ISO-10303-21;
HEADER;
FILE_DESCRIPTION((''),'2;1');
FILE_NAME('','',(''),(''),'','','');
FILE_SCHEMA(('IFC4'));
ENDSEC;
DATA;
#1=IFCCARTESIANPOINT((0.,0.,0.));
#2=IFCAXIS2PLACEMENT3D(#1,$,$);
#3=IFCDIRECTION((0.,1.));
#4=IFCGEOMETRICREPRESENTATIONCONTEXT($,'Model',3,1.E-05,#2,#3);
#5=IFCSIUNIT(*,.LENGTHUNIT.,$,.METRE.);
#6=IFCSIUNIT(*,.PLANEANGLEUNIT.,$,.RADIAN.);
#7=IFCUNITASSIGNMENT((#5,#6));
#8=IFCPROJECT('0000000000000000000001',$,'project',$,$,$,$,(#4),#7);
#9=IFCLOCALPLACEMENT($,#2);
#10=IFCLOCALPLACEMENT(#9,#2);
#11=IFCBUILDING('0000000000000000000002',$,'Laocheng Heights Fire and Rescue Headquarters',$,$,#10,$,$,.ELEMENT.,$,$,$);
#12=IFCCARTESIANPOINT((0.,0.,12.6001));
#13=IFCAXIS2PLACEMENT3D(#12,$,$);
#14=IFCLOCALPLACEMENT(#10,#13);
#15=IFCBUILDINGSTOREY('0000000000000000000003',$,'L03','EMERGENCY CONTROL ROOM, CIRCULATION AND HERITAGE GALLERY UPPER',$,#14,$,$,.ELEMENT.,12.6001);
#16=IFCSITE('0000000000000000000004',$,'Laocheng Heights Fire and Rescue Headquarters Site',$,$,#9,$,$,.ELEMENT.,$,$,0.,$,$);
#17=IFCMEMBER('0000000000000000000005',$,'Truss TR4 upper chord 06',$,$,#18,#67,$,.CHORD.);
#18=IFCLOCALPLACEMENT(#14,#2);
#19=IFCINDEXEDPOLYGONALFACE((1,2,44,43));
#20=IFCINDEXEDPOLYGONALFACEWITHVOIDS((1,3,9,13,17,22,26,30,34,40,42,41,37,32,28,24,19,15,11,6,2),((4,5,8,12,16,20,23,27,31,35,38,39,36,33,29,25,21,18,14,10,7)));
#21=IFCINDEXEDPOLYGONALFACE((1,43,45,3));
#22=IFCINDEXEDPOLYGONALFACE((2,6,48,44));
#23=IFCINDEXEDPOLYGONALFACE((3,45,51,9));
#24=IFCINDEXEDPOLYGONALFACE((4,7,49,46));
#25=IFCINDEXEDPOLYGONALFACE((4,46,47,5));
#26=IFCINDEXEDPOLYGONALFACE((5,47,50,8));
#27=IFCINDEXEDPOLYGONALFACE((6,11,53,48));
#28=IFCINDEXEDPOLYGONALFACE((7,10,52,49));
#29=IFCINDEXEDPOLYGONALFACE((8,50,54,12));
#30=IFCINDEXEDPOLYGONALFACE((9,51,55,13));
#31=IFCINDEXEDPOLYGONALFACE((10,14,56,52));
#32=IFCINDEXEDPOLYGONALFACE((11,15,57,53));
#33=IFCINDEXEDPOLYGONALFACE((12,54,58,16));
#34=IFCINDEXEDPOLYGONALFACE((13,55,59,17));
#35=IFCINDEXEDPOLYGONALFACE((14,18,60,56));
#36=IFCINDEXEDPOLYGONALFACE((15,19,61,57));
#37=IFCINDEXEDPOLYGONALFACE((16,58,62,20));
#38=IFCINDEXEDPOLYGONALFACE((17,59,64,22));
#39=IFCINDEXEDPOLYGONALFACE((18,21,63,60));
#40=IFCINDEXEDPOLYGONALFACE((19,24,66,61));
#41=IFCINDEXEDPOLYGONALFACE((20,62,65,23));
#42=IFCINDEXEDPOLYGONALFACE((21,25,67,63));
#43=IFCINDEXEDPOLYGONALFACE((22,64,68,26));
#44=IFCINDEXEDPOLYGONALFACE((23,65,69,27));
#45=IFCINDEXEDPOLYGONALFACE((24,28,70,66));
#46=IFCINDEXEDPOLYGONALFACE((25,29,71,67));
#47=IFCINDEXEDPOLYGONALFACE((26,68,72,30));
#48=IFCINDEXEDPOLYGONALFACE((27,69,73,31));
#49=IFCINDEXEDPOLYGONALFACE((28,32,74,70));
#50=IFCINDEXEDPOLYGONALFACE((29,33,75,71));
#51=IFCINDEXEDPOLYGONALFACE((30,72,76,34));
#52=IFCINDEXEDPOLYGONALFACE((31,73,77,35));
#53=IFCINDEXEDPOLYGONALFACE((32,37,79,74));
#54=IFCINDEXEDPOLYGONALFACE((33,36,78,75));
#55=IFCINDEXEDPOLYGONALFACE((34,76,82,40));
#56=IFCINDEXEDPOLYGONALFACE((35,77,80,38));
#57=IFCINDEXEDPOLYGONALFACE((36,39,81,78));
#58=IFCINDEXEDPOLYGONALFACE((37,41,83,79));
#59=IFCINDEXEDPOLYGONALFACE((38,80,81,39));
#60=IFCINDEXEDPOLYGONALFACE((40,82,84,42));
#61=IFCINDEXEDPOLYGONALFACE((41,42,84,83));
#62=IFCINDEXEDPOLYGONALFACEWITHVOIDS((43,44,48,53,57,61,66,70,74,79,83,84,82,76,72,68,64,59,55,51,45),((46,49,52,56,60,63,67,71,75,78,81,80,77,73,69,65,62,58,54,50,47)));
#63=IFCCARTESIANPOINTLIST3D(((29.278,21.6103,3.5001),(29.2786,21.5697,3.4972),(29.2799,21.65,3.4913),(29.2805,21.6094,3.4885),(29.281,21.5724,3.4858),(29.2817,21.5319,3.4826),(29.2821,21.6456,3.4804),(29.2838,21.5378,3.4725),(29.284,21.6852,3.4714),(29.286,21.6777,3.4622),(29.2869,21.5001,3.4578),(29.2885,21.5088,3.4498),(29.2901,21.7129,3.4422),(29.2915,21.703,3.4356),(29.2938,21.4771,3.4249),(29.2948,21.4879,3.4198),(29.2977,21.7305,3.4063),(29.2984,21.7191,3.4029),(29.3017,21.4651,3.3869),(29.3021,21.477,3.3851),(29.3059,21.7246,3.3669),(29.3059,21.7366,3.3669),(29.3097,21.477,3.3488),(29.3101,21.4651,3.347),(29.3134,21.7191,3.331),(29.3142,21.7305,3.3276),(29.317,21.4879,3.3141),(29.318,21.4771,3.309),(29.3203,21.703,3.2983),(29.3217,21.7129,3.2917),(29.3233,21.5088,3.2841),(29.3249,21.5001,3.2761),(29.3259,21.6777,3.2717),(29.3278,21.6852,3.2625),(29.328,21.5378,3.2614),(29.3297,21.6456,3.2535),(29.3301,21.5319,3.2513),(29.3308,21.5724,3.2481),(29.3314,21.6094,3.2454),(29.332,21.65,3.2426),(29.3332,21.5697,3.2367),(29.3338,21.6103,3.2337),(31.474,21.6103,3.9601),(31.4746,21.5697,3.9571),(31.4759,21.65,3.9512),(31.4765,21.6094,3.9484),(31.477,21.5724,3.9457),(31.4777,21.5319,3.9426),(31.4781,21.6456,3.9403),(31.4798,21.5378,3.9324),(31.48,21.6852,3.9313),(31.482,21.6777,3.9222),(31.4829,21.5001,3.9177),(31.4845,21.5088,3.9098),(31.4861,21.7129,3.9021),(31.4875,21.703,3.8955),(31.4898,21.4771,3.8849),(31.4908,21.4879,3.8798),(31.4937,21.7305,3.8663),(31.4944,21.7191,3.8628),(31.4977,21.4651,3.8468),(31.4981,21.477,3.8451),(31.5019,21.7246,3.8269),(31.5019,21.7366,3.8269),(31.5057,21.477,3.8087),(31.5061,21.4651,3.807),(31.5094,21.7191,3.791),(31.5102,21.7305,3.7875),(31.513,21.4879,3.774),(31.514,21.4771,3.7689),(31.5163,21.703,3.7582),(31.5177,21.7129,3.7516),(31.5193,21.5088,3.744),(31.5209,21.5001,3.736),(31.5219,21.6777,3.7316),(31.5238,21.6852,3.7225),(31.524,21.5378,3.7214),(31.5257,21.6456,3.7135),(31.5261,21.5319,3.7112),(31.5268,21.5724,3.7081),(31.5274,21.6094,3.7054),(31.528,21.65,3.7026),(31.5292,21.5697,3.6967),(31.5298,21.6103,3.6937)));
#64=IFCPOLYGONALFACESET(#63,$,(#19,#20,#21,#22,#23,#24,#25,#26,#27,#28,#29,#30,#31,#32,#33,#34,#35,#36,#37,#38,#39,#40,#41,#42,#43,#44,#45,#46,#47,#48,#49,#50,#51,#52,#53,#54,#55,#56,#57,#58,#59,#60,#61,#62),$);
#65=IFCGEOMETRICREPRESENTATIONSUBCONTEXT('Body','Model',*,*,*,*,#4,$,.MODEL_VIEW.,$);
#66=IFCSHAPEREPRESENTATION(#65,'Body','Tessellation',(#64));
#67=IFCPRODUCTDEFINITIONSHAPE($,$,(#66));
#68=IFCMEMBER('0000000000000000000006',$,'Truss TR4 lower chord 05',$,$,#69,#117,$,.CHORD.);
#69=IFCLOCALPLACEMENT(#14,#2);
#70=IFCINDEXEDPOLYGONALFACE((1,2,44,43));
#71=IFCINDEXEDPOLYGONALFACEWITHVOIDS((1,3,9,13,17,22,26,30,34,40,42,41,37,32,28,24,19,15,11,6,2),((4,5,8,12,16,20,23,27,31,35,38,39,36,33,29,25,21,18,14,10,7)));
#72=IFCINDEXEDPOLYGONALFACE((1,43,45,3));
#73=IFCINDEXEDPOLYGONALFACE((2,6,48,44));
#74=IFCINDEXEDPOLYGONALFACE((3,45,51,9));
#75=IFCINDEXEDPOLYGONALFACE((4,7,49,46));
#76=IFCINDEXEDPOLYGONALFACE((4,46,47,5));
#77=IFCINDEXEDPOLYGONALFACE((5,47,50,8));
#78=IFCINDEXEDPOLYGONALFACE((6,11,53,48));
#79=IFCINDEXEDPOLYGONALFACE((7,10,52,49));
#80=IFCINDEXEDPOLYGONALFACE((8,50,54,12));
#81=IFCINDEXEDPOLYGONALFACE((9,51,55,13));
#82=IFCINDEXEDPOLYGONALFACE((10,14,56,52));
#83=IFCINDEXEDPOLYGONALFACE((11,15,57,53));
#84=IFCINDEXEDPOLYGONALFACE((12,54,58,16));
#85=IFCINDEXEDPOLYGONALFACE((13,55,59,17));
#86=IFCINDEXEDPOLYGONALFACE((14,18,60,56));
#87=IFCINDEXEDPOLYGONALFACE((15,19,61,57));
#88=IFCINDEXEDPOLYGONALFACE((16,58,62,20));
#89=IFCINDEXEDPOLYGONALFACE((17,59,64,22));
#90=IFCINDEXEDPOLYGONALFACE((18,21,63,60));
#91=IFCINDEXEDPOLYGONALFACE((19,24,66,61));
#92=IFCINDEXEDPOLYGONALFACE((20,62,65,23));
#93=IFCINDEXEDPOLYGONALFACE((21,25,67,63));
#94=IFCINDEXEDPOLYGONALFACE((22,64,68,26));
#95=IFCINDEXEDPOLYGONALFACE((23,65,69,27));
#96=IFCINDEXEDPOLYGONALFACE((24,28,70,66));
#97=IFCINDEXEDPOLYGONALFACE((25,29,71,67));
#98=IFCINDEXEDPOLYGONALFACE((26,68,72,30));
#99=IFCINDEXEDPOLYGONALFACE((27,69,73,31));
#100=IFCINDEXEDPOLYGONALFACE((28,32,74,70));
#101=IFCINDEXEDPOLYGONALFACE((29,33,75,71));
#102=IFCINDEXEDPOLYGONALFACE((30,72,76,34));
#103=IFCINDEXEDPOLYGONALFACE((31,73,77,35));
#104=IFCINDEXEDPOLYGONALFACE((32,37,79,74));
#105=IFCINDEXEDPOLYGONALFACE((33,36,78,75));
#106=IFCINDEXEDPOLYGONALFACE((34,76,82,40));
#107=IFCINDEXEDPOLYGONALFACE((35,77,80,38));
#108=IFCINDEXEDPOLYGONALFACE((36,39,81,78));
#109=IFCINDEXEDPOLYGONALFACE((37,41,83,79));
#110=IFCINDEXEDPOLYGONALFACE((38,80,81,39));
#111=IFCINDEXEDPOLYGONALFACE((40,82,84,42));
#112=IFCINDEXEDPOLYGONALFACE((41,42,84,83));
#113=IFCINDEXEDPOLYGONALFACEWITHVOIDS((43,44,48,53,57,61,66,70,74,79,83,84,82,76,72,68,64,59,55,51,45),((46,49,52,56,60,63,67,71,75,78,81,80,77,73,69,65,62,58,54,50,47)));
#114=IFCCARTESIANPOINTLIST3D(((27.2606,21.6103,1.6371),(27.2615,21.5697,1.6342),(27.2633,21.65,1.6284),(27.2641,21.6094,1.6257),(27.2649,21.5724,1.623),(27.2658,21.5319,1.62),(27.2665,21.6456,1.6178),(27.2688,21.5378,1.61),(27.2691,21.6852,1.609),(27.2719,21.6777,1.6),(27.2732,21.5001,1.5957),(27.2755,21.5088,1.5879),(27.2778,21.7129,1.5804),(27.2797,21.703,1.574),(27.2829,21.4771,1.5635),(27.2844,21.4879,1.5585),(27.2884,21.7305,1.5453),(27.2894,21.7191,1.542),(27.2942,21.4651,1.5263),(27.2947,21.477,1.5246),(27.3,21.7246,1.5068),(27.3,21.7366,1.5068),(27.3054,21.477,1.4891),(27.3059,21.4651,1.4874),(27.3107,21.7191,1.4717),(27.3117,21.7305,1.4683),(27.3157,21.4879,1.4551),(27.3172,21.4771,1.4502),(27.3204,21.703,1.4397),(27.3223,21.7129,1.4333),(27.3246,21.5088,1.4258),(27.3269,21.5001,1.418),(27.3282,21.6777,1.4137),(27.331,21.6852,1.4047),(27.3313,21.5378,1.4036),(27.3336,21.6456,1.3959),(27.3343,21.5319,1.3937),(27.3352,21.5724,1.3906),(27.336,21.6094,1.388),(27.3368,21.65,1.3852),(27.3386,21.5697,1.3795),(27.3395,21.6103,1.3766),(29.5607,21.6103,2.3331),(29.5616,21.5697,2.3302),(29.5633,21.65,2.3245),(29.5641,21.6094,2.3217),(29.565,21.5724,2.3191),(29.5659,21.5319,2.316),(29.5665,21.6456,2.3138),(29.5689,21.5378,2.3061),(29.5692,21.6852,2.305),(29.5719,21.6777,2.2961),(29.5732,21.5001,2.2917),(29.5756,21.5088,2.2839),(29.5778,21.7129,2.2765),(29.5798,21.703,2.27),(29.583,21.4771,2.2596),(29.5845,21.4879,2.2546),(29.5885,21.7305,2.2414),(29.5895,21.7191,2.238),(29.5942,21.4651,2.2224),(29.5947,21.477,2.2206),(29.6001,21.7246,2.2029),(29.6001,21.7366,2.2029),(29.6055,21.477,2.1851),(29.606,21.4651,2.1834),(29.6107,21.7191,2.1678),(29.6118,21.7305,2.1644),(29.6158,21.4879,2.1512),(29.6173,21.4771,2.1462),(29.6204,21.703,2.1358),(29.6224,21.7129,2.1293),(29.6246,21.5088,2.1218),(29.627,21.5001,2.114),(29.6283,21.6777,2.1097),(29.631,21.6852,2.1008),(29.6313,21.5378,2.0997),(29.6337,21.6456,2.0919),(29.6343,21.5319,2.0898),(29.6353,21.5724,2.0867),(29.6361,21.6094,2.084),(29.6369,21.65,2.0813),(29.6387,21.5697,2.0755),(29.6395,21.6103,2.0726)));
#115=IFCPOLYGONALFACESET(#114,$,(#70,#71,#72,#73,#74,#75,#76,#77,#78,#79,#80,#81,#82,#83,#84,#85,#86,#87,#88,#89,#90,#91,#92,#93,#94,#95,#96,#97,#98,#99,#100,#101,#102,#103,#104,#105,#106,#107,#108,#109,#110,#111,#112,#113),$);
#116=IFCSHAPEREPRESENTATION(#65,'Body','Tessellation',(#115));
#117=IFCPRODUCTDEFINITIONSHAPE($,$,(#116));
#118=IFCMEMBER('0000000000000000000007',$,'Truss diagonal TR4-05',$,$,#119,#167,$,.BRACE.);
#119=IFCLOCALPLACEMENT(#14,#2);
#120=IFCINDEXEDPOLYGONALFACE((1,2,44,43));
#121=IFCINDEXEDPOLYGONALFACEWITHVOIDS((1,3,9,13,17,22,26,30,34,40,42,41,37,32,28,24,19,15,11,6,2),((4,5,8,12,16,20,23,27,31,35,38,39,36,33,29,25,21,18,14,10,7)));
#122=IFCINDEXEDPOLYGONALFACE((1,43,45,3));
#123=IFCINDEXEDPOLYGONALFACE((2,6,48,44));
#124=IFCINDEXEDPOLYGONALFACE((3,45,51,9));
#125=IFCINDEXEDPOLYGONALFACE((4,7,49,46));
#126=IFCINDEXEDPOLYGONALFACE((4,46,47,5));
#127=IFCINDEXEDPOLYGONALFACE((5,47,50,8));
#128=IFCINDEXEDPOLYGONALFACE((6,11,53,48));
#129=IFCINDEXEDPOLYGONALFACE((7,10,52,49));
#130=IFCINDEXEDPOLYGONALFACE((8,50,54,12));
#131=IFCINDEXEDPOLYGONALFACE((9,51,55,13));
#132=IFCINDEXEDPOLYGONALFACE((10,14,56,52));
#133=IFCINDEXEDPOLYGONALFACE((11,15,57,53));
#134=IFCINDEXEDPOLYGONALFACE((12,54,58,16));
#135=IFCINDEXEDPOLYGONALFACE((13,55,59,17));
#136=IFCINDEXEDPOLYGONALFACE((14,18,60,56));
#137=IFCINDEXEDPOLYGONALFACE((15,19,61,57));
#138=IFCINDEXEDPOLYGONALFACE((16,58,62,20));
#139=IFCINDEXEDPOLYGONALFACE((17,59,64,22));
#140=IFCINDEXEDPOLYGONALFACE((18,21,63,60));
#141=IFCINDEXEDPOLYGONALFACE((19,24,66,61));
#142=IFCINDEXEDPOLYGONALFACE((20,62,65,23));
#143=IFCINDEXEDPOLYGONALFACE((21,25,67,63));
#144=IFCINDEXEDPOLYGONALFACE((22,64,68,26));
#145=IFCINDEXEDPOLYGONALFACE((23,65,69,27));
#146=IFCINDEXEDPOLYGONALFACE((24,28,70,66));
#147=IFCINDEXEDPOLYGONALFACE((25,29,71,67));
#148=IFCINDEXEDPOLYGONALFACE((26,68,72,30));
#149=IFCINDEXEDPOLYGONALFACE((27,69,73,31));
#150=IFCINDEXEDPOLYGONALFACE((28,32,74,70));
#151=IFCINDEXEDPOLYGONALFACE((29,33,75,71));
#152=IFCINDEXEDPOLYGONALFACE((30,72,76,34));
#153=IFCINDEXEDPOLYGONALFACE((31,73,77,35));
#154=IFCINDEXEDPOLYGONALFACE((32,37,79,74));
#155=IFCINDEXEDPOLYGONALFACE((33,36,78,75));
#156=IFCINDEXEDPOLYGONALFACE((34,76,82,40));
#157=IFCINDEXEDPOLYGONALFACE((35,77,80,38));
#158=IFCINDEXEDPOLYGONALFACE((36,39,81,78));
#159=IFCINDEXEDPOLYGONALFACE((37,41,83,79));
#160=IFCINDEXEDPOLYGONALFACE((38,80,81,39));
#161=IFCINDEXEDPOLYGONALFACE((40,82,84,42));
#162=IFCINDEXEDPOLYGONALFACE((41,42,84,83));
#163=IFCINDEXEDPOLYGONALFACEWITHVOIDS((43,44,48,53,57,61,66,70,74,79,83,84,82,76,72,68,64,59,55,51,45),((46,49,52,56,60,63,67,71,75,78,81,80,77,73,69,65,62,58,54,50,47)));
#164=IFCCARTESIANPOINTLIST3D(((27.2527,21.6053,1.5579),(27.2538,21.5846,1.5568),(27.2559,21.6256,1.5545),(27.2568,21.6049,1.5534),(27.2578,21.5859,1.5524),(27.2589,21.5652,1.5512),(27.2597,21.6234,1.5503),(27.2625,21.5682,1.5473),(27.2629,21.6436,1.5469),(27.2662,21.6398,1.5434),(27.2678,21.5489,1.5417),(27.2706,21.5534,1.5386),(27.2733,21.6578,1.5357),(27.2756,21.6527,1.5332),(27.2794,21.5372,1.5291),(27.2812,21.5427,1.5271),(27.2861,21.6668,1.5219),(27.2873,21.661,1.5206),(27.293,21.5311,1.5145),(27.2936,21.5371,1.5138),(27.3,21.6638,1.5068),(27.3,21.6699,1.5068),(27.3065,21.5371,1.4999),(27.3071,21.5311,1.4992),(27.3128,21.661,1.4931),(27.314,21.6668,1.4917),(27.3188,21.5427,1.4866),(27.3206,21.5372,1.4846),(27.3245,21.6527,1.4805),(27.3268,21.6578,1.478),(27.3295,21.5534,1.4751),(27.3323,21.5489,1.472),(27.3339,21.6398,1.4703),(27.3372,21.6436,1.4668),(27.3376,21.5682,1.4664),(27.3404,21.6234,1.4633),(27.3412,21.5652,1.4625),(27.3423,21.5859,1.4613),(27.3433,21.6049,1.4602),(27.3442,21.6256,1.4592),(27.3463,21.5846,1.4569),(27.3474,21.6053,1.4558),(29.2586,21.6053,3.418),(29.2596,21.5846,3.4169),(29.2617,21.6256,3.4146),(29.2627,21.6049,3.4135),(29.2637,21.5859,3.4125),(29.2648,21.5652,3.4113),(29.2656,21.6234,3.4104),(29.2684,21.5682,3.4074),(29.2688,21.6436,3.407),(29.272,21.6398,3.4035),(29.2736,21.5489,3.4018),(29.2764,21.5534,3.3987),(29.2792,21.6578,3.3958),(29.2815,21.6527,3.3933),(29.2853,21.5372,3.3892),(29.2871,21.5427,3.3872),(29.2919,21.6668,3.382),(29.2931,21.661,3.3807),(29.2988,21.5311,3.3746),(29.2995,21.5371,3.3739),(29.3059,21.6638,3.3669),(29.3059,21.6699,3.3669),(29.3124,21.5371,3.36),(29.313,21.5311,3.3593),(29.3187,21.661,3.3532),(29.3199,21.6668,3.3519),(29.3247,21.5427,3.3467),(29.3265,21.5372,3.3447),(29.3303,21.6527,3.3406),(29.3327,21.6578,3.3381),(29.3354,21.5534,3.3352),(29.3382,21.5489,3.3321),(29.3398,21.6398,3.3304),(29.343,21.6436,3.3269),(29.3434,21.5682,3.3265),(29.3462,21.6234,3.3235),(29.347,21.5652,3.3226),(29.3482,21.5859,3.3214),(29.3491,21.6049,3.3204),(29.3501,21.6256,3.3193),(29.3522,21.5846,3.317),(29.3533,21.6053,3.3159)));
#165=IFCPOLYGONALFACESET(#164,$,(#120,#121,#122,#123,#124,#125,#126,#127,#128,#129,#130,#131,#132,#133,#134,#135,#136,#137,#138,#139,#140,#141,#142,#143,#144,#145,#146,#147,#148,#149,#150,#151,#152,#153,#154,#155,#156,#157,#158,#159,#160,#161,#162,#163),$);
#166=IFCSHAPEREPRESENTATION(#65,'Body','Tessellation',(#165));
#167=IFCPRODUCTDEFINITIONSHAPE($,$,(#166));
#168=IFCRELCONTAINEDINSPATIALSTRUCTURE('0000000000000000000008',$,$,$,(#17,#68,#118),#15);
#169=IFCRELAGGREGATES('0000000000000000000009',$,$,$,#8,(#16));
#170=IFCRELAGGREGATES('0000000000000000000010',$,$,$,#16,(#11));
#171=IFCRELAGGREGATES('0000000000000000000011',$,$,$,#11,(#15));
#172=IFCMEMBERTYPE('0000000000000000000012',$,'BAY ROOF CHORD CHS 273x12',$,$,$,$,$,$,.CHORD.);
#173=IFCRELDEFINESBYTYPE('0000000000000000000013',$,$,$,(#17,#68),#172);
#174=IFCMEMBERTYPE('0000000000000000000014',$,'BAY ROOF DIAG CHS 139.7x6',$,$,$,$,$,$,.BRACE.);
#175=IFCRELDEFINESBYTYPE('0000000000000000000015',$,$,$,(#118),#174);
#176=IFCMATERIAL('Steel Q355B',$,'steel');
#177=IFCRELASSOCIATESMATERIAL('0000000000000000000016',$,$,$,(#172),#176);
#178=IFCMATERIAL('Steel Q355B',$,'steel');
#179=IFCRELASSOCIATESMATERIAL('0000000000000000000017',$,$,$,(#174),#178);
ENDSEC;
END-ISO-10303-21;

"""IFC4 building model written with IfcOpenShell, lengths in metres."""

from ifc_helpers import new_model, si_unit, direction, frame, origin, origin_2d, place, context, subcontext, project, spatial, hollow_circle, extrude, material, material_profile, profile_set, type_object, element, save


model = new_model("IFC4")

# Units and contexts
model_context = context("Model", 3, precision=1e-05, world=origin(), true_north=direction((0.0, 1.0)))
body_context = subcontext(model_context, "Body", "Model", "MODEL_VIEW")
ifc_project = project(units=[si_unit("LENGTHUNIT", "METRE"), si_unit("PLANEANGLEUNIT", "RADIAN")], contexts=[model_context])

# Site, building, storey
site_placement = place(None, origin())
site = spatial("IfcSite", under=ifc_project, at=site_placement, Name="Laocheng Heights Fire and Rescue Headquarters Site", CompositionType="ELEMENT", RefElevation=0.0)
building_placement = place(site_placement, origin())
building = spatial("IfcBuilding", under=site, at=building_placement, Name="Laocheng Heights Fire and Rescue Headquarters", CompositionType="ELEMENT")
storey_placement = place(building_placement, frame((0.0, 0.0, 12.6001)))
storey = spatial("IfcBuildingStorey", under=building, at=storey_placement, Name="L03", Description="EMERGENCY CONTROL ROOM, CIRCULATION AND HERITAGE GALLERY UPPER", CompositionType="ELEMENT", Elevation=12.6001)

# Members
ifc_material_1 = material(Name="Steel Q355B", Category="steel")
ifc_material_profile_1 = material_profile(ifc_material_1, hollow_circle(Radius=0.1365, WallThickness=0.012, at=origin_2d()), Name="CHS 273x12")
ifc_profile_set_1 = profile_set([ifc_material_profile_1], Name="Steel Q355B")
member_type_1 = type_object("IfcMemberType", Name="BAY ROOF CHORD CHS 273x12", PredefinedType="CHORD", material=ifc_profile_set_1)
member_1_placement = place(storey_placement, frame((29.3059, 21.6001, 3.3669), z_axis=(0.978762, 0.0, 0.205001), x_axis=(0.0, 1.0, 0.0)))
element("IfcMember", 1, at=member_1_placement, inside=storey, type_object=member_type_1, Name="Truss TR4 upper chord 06", PredefinedType="CHORD", context=body_context, shape_type="SweptSolid", body=[
    extrude(hollow_circle(Radius=0.1365, WallThickness=0.012, at=origin_2d()), origin(), (0.0, 0.0, 1.0), 2.2437),
])
member_2_placement = place(storey_placement, frame((27.3, 21.6001, 1.5068), z_axis=(0.957133, 0.0, 0.289649), x_axis=(0.0, 1.0, 0.0)))
element("IfcMember", 2, at=member_2_placement, inside=storey, type_object=member_type_1, Name="Truss TR4 lower chord 05", PredefinedType="CHORD", context=body_context, shape_type="SweptSolid", body=[
    extrude(hollow_circle(Radius=0.1365, WallThickness=0.012, at=origin_2d()), origin(), (0.0, 0.0, 1.0), 2.4031),
])
ifc_material_2 = material(Name="Steel Q355B", Category="steel")
ifc_material_profile_2 = material_profile(ifc_material_2, hollow_circle(Radius=0.0698, WallThickness=0.0061, at=origin_2d()), Name="CHS 139.7x6")
ifc_profile_set_2 = profile_set([ifc_material_profile_2], Name="Steel Q355B")
member_type_2 = type_object("IfcMemberType", Name="BAY ROOF DIAG CHS 139.7x6", PredefinedType="BRACE", material=ifc_profile_set_2)
member_3_placement = place(storey_placement, frame((27.3, 21.6001, 1.5068), z_axis=(0.733245, 0.0, 0.679965), x_axis=(0.0, 1.0, 0.0)))
element("IfcMember", 3, at=member_3_placement, inside=storey, type_object=member_type_2, Name="Truss diagonal TR4-05", PredefinedType="BRACE", context=body_context, shape_type="SweptSolid", body=[
    extrude(hollow_circle(Radius=0.0698, WallThickness=0.0061, at=origin_2d()), origin(), (0.0, 0.0, 1.0), 2.7356),
])

save(model, "model.ifc")
